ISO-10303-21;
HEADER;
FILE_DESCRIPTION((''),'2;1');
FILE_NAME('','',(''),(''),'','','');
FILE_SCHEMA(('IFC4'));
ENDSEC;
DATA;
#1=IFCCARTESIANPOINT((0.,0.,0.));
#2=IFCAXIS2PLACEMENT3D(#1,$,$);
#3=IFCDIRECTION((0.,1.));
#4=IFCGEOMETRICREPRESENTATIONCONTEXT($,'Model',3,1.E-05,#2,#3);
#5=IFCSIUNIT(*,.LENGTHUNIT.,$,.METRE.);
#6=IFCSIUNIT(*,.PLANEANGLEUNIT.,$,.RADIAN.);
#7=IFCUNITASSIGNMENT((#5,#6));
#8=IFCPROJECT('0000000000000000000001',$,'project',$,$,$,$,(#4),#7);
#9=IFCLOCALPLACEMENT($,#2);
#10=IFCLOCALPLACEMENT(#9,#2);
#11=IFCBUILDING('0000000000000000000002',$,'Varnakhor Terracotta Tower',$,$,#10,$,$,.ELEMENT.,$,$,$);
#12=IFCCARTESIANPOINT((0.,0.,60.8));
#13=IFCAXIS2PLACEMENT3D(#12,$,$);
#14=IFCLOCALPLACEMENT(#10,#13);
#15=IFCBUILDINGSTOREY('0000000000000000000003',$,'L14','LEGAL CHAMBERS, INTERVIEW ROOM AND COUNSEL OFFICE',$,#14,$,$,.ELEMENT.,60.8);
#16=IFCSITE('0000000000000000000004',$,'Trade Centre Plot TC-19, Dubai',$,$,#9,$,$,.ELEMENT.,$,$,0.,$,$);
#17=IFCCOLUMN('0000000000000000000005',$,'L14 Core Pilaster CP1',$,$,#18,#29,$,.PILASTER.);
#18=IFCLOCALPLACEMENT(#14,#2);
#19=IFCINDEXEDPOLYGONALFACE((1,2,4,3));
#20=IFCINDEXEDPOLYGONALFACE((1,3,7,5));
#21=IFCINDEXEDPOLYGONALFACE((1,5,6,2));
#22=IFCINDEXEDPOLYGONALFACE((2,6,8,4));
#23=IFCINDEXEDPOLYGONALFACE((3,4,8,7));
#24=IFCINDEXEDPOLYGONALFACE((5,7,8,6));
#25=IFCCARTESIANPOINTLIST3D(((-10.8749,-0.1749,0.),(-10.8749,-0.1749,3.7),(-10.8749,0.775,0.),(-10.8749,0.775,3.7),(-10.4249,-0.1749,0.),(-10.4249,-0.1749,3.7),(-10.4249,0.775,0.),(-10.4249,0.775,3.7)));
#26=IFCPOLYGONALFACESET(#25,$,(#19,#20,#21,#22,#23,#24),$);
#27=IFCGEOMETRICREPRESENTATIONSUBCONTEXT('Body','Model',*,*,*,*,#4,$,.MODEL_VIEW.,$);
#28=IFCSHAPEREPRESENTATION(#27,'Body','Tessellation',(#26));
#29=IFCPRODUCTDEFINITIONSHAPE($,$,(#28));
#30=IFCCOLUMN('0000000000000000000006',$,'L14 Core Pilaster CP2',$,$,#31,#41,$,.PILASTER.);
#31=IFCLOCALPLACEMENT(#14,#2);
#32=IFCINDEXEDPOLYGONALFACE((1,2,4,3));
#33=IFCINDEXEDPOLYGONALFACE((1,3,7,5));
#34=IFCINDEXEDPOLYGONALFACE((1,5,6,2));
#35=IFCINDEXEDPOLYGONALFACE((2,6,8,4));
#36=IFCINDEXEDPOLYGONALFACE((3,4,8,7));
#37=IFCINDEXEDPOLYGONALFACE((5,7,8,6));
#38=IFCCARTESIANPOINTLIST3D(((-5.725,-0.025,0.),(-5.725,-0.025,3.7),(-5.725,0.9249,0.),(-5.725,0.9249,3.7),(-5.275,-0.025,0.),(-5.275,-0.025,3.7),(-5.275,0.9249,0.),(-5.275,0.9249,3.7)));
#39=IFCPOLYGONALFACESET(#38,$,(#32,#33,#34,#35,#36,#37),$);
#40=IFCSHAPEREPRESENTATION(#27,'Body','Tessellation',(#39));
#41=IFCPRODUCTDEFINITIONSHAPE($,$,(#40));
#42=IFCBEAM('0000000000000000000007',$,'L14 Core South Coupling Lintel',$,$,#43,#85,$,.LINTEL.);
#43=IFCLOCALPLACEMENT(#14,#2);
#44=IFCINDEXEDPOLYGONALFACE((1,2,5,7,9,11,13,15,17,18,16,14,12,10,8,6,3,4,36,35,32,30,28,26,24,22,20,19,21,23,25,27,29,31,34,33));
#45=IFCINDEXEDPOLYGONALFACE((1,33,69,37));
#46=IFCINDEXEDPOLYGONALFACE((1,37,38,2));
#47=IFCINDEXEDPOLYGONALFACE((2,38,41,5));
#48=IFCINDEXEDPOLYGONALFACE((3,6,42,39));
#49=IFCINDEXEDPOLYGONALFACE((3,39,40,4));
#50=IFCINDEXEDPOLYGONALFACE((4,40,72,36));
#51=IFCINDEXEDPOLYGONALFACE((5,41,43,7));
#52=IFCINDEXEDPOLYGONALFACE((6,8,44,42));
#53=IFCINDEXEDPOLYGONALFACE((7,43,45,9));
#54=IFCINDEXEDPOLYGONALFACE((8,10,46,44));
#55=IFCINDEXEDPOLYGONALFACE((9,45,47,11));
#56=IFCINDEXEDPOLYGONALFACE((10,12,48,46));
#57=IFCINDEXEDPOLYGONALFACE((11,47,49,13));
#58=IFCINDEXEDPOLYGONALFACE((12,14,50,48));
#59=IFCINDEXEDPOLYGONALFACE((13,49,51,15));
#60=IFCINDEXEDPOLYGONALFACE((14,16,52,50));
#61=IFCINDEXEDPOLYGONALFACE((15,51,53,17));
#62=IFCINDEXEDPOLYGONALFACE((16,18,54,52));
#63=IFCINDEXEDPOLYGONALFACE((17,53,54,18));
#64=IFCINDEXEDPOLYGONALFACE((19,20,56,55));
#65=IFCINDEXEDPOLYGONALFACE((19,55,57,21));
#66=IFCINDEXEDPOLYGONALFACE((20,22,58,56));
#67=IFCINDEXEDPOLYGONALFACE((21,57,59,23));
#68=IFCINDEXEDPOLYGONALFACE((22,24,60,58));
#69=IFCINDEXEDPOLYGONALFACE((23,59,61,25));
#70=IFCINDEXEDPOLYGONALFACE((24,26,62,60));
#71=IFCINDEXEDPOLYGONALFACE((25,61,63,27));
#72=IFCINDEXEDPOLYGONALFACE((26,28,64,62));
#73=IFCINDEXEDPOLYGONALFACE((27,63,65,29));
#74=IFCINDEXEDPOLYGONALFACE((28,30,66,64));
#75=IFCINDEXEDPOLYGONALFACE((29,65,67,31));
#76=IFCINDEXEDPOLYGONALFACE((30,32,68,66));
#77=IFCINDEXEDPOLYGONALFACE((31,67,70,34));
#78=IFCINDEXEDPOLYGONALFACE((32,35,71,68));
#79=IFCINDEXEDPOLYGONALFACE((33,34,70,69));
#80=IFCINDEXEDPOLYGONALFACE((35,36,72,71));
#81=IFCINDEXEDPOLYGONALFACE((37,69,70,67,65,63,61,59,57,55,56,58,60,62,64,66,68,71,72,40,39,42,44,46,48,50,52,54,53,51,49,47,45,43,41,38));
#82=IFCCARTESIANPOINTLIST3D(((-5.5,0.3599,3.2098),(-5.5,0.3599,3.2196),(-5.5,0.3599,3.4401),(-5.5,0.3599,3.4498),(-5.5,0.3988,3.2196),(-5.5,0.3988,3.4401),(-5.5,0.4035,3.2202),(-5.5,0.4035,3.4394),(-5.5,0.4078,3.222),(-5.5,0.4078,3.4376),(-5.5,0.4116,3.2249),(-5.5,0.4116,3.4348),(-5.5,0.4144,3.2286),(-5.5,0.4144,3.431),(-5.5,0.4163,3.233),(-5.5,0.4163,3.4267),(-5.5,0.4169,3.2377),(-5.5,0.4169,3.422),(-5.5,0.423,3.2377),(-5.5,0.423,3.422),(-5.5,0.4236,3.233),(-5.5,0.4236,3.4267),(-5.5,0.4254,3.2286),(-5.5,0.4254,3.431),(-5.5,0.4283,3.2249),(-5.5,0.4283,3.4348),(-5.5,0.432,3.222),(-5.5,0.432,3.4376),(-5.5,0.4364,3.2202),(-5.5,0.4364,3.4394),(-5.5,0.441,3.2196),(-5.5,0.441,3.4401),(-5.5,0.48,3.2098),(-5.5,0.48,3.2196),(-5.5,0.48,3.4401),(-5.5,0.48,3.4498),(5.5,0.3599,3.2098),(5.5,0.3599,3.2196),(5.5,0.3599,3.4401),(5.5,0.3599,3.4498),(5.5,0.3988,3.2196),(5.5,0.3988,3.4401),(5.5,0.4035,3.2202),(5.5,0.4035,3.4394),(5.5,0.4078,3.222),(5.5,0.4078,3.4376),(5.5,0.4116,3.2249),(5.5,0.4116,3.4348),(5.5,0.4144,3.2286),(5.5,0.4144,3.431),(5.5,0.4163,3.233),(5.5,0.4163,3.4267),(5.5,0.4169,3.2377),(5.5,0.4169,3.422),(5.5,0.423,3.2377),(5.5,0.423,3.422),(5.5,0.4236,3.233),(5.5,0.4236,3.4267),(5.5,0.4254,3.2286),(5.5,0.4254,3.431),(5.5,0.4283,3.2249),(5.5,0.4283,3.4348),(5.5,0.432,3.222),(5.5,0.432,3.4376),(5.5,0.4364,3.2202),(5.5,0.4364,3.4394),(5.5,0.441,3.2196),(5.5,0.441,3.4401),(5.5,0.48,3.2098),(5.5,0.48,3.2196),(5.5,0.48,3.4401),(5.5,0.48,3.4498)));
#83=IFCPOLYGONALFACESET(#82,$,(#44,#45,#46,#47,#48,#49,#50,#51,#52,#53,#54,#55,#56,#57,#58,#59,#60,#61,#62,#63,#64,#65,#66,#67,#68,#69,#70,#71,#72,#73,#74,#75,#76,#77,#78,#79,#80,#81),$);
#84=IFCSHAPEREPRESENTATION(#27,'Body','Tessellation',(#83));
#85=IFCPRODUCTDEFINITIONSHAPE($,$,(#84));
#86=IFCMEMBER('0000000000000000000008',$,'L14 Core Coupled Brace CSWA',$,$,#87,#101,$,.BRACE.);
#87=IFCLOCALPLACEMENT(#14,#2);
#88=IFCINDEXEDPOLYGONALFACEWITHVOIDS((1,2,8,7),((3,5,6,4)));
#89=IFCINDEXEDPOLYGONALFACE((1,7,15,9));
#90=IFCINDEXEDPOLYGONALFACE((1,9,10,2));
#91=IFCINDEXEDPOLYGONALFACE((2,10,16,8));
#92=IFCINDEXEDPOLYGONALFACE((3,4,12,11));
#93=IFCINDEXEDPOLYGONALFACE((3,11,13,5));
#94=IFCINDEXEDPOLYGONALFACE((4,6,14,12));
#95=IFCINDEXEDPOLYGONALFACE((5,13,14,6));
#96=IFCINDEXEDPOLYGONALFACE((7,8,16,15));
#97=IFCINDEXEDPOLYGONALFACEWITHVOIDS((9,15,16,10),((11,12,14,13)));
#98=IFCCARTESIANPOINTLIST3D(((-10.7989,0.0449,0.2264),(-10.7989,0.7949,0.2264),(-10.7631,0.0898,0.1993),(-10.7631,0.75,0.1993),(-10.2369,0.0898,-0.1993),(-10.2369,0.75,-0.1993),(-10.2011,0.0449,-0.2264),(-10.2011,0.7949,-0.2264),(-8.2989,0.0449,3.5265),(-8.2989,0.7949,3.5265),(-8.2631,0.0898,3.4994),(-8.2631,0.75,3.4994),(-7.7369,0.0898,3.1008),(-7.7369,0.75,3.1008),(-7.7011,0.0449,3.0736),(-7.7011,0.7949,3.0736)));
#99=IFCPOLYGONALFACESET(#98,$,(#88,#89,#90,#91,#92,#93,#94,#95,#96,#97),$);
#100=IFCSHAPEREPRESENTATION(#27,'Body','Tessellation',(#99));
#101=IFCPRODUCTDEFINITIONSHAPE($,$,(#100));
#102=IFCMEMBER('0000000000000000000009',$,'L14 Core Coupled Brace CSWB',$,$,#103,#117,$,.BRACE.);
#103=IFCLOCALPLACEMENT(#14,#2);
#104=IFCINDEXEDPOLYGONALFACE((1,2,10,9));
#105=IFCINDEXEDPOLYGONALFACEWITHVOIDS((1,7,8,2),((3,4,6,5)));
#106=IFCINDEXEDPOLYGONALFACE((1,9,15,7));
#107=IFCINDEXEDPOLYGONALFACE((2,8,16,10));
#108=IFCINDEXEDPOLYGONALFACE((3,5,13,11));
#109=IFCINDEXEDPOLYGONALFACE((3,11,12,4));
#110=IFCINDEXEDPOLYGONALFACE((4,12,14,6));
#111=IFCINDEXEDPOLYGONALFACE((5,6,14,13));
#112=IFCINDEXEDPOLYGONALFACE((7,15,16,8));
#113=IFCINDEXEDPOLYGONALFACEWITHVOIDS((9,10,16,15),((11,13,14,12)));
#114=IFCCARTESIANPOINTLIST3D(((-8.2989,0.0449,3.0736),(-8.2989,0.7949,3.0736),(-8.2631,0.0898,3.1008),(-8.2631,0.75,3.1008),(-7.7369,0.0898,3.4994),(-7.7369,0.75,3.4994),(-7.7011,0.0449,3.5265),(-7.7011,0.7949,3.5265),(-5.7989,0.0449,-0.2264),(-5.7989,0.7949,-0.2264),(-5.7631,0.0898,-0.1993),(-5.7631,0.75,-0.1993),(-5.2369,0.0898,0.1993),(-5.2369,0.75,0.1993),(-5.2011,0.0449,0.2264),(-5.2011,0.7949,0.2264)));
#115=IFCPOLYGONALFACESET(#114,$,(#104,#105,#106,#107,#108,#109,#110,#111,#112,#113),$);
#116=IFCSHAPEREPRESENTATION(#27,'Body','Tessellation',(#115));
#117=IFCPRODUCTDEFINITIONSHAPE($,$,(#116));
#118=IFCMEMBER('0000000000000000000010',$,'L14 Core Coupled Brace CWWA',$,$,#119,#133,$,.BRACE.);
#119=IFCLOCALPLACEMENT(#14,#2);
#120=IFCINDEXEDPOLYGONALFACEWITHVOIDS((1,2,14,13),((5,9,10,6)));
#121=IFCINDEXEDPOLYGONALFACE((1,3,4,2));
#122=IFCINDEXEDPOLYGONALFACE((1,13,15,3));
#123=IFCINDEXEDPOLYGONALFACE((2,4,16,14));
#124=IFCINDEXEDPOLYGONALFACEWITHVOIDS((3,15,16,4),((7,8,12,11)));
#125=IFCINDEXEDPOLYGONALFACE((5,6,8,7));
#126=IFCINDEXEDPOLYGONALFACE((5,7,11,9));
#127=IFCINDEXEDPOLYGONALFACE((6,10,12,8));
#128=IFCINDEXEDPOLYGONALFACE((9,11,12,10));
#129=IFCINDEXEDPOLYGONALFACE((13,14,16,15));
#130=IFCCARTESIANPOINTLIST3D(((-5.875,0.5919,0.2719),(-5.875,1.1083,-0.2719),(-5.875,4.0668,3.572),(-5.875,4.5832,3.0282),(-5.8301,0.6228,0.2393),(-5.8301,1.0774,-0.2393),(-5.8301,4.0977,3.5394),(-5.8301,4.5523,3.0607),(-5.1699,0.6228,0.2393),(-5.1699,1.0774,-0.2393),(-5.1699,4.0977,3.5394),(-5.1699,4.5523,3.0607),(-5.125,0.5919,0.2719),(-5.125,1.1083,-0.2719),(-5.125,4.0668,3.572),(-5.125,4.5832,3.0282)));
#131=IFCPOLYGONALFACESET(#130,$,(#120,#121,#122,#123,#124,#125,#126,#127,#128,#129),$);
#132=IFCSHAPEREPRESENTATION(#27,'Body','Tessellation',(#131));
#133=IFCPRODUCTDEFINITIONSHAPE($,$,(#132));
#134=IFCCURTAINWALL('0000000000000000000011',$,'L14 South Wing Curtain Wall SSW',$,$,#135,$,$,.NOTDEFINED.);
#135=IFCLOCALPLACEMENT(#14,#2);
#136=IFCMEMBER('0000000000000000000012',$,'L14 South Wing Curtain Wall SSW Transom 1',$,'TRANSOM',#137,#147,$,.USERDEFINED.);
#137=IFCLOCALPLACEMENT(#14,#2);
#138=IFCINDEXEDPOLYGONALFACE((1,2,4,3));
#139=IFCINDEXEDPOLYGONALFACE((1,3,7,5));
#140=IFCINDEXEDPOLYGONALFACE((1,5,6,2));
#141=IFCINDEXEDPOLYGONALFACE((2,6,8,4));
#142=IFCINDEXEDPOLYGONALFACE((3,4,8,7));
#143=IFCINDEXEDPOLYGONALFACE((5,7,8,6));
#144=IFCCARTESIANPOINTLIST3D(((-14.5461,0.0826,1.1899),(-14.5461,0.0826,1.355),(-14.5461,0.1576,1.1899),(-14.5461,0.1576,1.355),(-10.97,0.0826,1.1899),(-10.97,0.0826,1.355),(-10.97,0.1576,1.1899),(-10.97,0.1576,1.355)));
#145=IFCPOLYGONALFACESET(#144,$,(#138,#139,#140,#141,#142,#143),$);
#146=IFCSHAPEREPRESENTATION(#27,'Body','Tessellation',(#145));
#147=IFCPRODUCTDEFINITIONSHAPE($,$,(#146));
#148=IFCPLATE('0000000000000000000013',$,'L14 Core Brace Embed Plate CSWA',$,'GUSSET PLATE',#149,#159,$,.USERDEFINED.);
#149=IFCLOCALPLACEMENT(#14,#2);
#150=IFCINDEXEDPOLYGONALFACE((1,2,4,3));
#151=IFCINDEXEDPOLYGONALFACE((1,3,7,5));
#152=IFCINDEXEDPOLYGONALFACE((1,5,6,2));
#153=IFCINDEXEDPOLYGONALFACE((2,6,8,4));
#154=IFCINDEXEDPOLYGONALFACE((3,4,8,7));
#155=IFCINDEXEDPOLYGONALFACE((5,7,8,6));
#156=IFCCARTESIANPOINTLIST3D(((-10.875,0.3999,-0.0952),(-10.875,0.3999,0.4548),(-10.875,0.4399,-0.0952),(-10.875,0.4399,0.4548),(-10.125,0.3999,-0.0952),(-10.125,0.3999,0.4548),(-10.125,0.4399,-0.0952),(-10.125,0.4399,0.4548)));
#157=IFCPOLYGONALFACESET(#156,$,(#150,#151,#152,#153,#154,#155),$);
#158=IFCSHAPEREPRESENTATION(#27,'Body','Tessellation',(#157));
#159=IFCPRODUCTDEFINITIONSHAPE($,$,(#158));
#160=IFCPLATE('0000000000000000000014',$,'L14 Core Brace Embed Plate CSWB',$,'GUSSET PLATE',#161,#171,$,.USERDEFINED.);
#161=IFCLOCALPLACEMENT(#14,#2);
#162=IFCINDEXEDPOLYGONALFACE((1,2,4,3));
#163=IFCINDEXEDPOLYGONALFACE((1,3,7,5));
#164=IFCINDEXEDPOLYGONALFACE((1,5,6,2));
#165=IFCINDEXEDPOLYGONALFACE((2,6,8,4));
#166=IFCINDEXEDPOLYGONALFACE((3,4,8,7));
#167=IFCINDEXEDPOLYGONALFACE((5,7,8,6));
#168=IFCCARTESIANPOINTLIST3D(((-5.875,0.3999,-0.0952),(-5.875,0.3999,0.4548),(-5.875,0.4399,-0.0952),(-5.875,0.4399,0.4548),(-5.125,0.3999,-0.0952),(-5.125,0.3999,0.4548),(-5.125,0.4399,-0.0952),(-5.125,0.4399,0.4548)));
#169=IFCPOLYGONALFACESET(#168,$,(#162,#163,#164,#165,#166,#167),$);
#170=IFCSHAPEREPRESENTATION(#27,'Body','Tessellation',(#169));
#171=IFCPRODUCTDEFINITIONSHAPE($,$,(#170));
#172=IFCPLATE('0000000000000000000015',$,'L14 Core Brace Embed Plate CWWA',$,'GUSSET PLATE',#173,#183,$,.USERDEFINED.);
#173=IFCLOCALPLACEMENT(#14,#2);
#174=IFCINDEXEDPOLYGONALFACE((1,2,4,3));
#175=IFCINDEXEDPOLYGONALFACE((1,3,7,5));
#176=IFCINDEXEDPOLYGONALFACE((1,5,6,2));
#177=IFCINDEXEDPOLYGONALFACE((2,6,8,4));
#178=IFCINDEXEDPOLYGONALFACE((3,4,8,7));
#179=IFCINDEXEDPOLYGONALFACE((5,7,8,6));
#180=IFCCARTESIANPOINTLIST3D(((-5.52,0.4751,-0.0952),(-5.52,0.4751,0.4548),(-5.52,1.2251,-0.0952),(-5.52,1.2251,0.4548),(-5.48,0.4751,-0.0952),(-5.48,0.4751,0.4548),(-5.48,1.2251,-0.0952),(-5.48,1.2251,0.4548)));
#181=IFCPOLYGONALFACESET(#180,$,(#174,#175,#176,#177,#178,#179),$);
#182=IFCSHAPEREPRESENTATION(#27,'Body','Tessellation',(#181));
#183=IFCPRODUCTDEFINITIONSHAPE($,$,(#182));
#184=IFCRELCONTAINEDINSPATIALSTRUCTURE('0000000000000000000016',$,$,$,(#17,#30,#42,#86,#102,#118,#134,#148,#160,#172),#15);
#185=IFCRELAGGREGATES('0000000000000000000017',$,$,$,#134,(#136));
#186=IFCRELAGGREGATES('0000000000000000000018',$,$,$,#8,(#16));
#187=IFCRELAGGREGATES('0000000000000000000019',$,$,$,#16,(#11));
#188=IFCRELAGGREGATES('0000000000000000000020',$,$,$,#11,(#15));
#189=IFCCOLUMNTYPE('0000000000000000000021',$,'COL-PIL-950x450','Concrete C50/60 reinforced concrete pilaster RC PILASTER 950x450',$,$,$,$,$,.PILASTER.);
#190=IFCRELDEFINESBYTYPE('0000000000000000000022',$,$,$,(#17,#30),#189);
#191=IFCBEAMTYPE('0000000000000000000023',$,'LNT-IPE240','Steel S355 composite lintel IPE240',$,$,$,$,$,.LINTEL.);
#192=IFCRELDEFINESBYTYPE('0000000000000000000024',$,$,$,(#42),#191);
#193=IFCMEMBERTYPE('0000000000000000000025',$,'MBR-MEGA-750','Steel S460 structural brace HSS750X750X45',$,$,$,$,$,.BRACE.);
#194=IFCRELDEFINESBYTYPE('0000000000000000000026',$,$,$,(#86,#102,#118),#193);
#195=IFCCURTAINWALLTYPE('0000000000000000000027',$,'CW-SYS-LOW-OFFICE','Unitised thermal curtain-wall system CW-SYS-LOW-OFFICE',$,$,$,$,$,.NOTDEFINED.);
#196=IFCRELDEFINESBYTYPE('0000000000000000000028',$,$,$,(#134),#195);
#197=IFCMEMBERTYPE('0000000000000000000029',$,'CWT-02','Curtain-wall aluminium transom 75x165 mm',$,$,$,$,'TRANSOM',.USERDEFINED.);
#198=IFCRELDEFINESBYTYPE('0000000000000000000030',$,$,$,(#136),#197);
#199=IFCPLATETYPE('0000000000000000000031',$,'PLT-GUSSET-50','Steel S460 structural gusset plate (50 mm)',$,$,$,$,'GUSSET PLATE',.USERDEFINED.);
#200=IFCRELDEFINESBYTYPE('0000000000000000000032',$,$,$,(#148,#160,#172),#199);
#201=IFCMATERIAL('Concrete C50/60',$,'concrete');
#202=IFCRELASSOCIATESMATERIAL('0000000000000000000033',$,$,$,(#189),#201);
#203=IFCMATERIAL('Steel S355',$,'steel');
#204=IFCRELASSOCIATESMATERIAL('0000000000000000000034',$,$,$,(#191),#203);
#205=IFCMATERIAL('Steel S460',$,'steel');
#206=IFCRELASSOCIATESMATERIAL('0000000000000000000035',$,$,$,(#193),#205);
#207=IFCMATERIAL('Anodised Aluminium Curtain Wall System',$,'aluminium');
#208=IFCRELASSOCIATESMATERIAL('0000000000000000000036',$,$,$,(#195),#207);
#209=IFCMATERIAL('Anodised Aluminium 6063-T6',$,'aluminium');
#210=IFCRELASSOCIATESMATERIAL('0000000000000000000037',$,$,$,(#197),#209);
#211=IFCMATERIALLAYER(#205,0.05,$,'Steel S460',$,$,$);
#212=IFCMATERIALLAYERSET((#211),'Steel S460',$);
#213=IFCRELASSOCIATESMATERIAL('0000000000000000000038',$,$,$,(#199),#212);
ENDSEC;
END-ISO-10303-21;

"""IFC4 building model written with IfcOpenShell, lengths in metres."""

from ifc_helpers import new_model, si_unit, direction, frame, origin, origin_2d, place, context, subcontext, project, spatial, rectangle, hollow_rectangle, i_section, extrude, source, transform, mapped, material, layer, layer_set, material_profile, profile_set, type_object, type_shapes, element, aggregate, save


model = new_model("IFC4")

# Units and contexts
model_context = context("Model", 3, precision=1e-05, world=origin(), true_north=direction((0.0, 1.0)))
body_context = subcontext(model_context, "Body", "Model", "MODEL_VIEW")
ifc_project = project(units=[si_unit("LENGTHUNIT", "METRE"), si_unit("PLANEANGLEUNIT", "RADIAN")], contexts=[model_context])

# Site, building, storey
site_placement = place(None, origin())
site = spatial("IfcSite", under=ifc_project, at=site_placement, Name="Trade Centre Plot TC-19, Dubai", CompositionType="ELEMENT", RefElevation=0.0)
building_placement = place(site_placement, origin())
building = spatial("IfcBuilding", under=site, at=building_placement, Name="Varnakhor Terracotta Tower", CompositionType="ELEMENT")
storey_placement = place(building_placement, frame((0.0, 0.0, 60.8)))
storey = spatial("IfcBuildingStorey", under=building, at=storey_placement, Name="L14", Description="LEGAL CHAMBERS, INTERVIEW ROOM AND COUNSEL OFFICE", CompositionType="ELEMENT", Elevation=60.8)

# Columns
ifc_material_1 = material(Name="Concrete C50/60", Category="concrete")
ifc_material_profile_1 = material_profile(ifc_material_1, rectangle(XDim=0.45, YDim=0.95, at=origin_2d()), Name="RC PILASTER 950x450")
ifc_profile_set_1 = profile_set([ifc_material_profile_1], Name="Concrete C50/60")
column_type = type_object("IfcColumnType", Name="COL-PIL-950x450", Description="Concrete C50/60 reinforced concrete pilaster RC PILASTER 950x450", PredefinedType="PILASTER", material=ifc_profile_set_1)
shared_shape_1 = source(origin(), body_context, "Body", "SweptSolid", [
    extrude(rectangle(XDim=0.45, YDim=0.95, at=origin_2d()), origin(), (0.0, 0.0, 1.0), 3.7),
])
for number, where, z_axis, x_axis, name in (
    (1, (-10.6499, 0.3, 0.0), (0.0, 0.0, 1.0), (1.0, 0.0, 0.0), "L14 Core Pilaster CP1"),
    (2, (-5.5, 0.45, 0.0), (0.0, 0.0, 1.0), (1.0, 0.0, 0.0), "L14 Core Pilaster CP2"),
):
    element("IfcColumn", number, at=place(storey_placement, frame(where, z_axis=z_axis, x_axis=x_axis)), inside=storey, type_object=column_type, Name=name, PredefinedType="PILASTER", context=body_context, shape_type="MappedRepresentation", body=[
        mapped(shared_shape_1, transform((0.0, 0.0, 0.0), scale=1.0)),
    ])

# Beam
ifc_material_2 = material(Name="Steel S355", Category="steel")
ifc_material_profile_2 = material_profile(ifc_material_2, i_section(OverallWidth=0.1201, OverallDepth=0.24, WebThickness=0.0061, FlangeThickness=0.0098, FilletRadius=0.0181, at=origin_2d()), Name="IPE240")
ifc_profile_set_2 = profile_set([ifc_material_profile_2], Name="Steel S355")
beam_type = type_object("IfcBeamType", Name="LNT-IPE240", Description="Steel S355 composite lintel IPE240", PredefinedType="LINTEL", material=ifc_profile_set_2)
shared_shape_2 = source(origin(), body_context, "Body", "SweptSolid", [
    extrude(i_section(OverallWidth=0.1201, OverallDepth=0.24, WebThickness=0.0061, FlangeThickness=0.0098, FilletRadius=0.0181, at=origin_2d()), origin(), (0.0, 0.0, 1.0), 11.0),
])
type_shapes(beam_type, [shared_shape_2])
beam_placement = place(storey_placement, frame((-5.5, 0.4199, 3.3298), z_axis=(1.0, 0.0, 0.0), x_axis=(0.0, 1.0, 0.0)))
element("IfcBeam", 3, at=beam_placement, inside=storey, type_object=beam_type, Name="L14 Core South Coupling Lintel", PredefinedType="LINTEL", context=body_context, shape_type="MappedRepresentation", body=[
    mapped(shared_shape_2, transform((0.0, 0.0, 0.0), scale=1.0)),
])

# Members
ifc_material_3 = material(Name="Steel S460", Category="steel")
ifc_material_profile_3 = material_profile(ifc_material_3, hollow_rectangle(XDim=0.75, YDim=0.75, WallThickness=0.0449, at=origin_2d()), Name="HSS750X750X45")
ifc_profile_set_3 = profile_set([ifc_material_profile_3], Name="Steel S460")
member_type_1 = type_object("IfcMemberType", Name="MBR-MEGA-750", Description="Steel S460 structural brace HSS750X750X45", PredefinedType="BRACE", material=ifc_profile_set_3)
shared_shape_3 = source(origin(), body_context, "Body", "SweptSolid", [
    extrude(hollow_rectangle(XDim=0.75, YDim=0.75, WallThickness=0.0449, at=origin_2d()), origin(), (0.0, 0.0, 1.0), 4.1401),
])
type_shapes(member_type_1, [shared_shape_3])
for number, where, z_axis, x_axis, name in (
    (4, (-10.5, 0.4199, 0.0), (0.603852, 0.0, 0.797096), (0.0, 1.0, 0.0), "L14 Core Coupled Brace CSWA"),
    (5, (-5.5, 0.4199, 0.0), (-0.603852, 0.0, 0.797096), (0.0, -1.0, 0.0), "L14 Core Coupled Brace CSWB"),
):
    element("IfcMember", number, at=place(storey_placement, frame(where, z_axis=z_axis, x_axis=x_axis)), inside=storey, type_object=member_type_1, Name=name, PredefinedType="BRACE", context=body_context, shape_type="MappedRepresentation", body=[
        mapped(shared_shape_3, transform((0.0, 0.0, 0.0), scale=1.0)),
    ])
shared_shape_4 = source(origin(), body_context, "Body", "SweptSolid", [
    extrude(hollow_rectangle(XDim=0.75, YDim=0.75, WallThickness=0.0449, at=origin_2d()), origin(), (0.0, 0.0, 1.0), 4.7922),
])
member_1_placement = place(storey_placement, frame((-5.5, 0.8501, 0.0), z_axis=(0.0, 0.72511, 0.688633), x_axis=(-1.0, 0.0, 0.0)))
element("IfcMember", 6, at=member_1_placement, inside=storey, type_object=member_type_1, Name="L14 Core Coupled Brace CWWA", PredefinedType="BRACE", context=body_context, shape_type="MappedRepresentation", body=[
    mapped(shared_shape_4, transform((0.0, 0.0, 0.0), scale=1.0)),
])

# Curtain wall, member
ifc_material_4 = material(Name="Anodised Aluminium Curtain Wall System", Category="aluminium")
curtain_wall_type = type_object("IfcCurtainWallType", Name="CW-SYS-LOW-OFFICE", Description="Unitised thermal curtain-wall system CW-SYS-LOW-OFFICE", PredefinedType="NOTDEFINED", material=ifc_material_4)
curtain_wall_placement = place(storey_placement, origin())
curtain_wall = element("IfcCurtainWall", 7, at=curtain_wall_placement, inside=storey, type_object=curtain_wall_type, Name="L14 South Wing Curtain Wall SSW", PredefinedType="NOTDEFINED")
ifc_material_5 = material(Name="Anodised Aluminium 6063-T6", Category="aluminium")
ifc_material_profile_4 = material_profile(ifc_material_5, rectangle(XDim=0.075, YDim=0.165, at=origin_2d()), Name="ALU TRANSOM 75x165")
ifc_profile_set_4 = profile_set([ifc_material_profile_4], Name="Anodised Aluminium 6063-T6")
member_type_2 = type_object("IfcMemberType", Name="CWT-02", Description="Curtain-wall aluminium transom 75x165 mm", ElementType="TRANSOM", PredefinedType="USERDEFINED", material=ifc_profile_set_4)
shared_shape_5 = source(origin(), body_context, "Body", "SweptSolid", [
    extrude(rectangle(XDim=0.075, YDim=0.165, at=origin_2d()), origin(), (0.0, 0.0, 1.0), 3.5762),
])
member_2_placement = place(storey_placement, frame((-10.97, 0.1201, 1.2725), z_axis=(-1.0, 0.0, 0.0), x_axis=(0.0, -1.0, 0.0)))
member_2 = element("IfcMember", 8, at=member_2_placement, type_object=member_type_2, Name="L14 South Wing Curtain Wall SSW Transom 1", ObjectType="TRANSOM", PredefinedType="USERDEFINED", context=body_context, shape_type="MappedRepresentation", body=[
    mapped(shared_shape_5, transform((0.0, 0.0, 0.0), scale=1.0)),
])
aggregate(curtain_wall, [member_2])

# Plates
ifc_layer_1 = layer(ifc_material_3, 0.05, Name="Steel S460")
ifc_layer_set_1 = layer_set([ifc_layer_1], Name="Steel S460")
plate_type = type_object("IfcPlateType", Name="PLT-GUSSET-50", Description="Steel S460 structural gusset plate (50 mm)", ElementType="GUSSET PLATE", PredefinedType="USERDEFINED", material=ifc_layer_set_1)
shared_shape_6 = source(origin(), body_context, "Body", "SweptSolid", [
    extrude(rectangle(XDim=0.75, YDim=0.04, at=origin_2d()), origin(), (0.0, 0.0, 1.0), 0.55),
])
type_shapes(plate_type, [shared_shape_6])
for number, where, z_axis, x_axis, name in (
    (9, (-10.5, 0.4199, -0.0952), (0.0, 0.0, 1.0), (1.0, 0.0, 0.0), "L14 Core Brace Embed Plate CSWA"),
    (10, (-5.5, 0.4199, -0.0952), (0.0, 0.0, 1.0), (1.0, 0.0, 0.0), "L14 Core Brace Embed Plate CSWB"),
    (11, (-5.5, 0.8501, -0.0952), (0.0, 0.0, 1.0), (0.0, 1.0, 0.0), "L14 Core Brace Embed Plate CWWA"),
):
    element("IfcPlate", number, at=place(storey_placement, frame(where, z_axis=z_axis, x_axis=x_axis)), inside=storey, type_object=plate_type, Name=name, ObjectType="GUSSET PLATE", PredefinedType="USERDEFINED", context=body_context, shape_type="MappedRepresentation", body=[
        mapped(shared_shape_6, transform((0.0, 0.0, 0.0), scale=1.0)),
    ])

save(model, "model.ifc")
